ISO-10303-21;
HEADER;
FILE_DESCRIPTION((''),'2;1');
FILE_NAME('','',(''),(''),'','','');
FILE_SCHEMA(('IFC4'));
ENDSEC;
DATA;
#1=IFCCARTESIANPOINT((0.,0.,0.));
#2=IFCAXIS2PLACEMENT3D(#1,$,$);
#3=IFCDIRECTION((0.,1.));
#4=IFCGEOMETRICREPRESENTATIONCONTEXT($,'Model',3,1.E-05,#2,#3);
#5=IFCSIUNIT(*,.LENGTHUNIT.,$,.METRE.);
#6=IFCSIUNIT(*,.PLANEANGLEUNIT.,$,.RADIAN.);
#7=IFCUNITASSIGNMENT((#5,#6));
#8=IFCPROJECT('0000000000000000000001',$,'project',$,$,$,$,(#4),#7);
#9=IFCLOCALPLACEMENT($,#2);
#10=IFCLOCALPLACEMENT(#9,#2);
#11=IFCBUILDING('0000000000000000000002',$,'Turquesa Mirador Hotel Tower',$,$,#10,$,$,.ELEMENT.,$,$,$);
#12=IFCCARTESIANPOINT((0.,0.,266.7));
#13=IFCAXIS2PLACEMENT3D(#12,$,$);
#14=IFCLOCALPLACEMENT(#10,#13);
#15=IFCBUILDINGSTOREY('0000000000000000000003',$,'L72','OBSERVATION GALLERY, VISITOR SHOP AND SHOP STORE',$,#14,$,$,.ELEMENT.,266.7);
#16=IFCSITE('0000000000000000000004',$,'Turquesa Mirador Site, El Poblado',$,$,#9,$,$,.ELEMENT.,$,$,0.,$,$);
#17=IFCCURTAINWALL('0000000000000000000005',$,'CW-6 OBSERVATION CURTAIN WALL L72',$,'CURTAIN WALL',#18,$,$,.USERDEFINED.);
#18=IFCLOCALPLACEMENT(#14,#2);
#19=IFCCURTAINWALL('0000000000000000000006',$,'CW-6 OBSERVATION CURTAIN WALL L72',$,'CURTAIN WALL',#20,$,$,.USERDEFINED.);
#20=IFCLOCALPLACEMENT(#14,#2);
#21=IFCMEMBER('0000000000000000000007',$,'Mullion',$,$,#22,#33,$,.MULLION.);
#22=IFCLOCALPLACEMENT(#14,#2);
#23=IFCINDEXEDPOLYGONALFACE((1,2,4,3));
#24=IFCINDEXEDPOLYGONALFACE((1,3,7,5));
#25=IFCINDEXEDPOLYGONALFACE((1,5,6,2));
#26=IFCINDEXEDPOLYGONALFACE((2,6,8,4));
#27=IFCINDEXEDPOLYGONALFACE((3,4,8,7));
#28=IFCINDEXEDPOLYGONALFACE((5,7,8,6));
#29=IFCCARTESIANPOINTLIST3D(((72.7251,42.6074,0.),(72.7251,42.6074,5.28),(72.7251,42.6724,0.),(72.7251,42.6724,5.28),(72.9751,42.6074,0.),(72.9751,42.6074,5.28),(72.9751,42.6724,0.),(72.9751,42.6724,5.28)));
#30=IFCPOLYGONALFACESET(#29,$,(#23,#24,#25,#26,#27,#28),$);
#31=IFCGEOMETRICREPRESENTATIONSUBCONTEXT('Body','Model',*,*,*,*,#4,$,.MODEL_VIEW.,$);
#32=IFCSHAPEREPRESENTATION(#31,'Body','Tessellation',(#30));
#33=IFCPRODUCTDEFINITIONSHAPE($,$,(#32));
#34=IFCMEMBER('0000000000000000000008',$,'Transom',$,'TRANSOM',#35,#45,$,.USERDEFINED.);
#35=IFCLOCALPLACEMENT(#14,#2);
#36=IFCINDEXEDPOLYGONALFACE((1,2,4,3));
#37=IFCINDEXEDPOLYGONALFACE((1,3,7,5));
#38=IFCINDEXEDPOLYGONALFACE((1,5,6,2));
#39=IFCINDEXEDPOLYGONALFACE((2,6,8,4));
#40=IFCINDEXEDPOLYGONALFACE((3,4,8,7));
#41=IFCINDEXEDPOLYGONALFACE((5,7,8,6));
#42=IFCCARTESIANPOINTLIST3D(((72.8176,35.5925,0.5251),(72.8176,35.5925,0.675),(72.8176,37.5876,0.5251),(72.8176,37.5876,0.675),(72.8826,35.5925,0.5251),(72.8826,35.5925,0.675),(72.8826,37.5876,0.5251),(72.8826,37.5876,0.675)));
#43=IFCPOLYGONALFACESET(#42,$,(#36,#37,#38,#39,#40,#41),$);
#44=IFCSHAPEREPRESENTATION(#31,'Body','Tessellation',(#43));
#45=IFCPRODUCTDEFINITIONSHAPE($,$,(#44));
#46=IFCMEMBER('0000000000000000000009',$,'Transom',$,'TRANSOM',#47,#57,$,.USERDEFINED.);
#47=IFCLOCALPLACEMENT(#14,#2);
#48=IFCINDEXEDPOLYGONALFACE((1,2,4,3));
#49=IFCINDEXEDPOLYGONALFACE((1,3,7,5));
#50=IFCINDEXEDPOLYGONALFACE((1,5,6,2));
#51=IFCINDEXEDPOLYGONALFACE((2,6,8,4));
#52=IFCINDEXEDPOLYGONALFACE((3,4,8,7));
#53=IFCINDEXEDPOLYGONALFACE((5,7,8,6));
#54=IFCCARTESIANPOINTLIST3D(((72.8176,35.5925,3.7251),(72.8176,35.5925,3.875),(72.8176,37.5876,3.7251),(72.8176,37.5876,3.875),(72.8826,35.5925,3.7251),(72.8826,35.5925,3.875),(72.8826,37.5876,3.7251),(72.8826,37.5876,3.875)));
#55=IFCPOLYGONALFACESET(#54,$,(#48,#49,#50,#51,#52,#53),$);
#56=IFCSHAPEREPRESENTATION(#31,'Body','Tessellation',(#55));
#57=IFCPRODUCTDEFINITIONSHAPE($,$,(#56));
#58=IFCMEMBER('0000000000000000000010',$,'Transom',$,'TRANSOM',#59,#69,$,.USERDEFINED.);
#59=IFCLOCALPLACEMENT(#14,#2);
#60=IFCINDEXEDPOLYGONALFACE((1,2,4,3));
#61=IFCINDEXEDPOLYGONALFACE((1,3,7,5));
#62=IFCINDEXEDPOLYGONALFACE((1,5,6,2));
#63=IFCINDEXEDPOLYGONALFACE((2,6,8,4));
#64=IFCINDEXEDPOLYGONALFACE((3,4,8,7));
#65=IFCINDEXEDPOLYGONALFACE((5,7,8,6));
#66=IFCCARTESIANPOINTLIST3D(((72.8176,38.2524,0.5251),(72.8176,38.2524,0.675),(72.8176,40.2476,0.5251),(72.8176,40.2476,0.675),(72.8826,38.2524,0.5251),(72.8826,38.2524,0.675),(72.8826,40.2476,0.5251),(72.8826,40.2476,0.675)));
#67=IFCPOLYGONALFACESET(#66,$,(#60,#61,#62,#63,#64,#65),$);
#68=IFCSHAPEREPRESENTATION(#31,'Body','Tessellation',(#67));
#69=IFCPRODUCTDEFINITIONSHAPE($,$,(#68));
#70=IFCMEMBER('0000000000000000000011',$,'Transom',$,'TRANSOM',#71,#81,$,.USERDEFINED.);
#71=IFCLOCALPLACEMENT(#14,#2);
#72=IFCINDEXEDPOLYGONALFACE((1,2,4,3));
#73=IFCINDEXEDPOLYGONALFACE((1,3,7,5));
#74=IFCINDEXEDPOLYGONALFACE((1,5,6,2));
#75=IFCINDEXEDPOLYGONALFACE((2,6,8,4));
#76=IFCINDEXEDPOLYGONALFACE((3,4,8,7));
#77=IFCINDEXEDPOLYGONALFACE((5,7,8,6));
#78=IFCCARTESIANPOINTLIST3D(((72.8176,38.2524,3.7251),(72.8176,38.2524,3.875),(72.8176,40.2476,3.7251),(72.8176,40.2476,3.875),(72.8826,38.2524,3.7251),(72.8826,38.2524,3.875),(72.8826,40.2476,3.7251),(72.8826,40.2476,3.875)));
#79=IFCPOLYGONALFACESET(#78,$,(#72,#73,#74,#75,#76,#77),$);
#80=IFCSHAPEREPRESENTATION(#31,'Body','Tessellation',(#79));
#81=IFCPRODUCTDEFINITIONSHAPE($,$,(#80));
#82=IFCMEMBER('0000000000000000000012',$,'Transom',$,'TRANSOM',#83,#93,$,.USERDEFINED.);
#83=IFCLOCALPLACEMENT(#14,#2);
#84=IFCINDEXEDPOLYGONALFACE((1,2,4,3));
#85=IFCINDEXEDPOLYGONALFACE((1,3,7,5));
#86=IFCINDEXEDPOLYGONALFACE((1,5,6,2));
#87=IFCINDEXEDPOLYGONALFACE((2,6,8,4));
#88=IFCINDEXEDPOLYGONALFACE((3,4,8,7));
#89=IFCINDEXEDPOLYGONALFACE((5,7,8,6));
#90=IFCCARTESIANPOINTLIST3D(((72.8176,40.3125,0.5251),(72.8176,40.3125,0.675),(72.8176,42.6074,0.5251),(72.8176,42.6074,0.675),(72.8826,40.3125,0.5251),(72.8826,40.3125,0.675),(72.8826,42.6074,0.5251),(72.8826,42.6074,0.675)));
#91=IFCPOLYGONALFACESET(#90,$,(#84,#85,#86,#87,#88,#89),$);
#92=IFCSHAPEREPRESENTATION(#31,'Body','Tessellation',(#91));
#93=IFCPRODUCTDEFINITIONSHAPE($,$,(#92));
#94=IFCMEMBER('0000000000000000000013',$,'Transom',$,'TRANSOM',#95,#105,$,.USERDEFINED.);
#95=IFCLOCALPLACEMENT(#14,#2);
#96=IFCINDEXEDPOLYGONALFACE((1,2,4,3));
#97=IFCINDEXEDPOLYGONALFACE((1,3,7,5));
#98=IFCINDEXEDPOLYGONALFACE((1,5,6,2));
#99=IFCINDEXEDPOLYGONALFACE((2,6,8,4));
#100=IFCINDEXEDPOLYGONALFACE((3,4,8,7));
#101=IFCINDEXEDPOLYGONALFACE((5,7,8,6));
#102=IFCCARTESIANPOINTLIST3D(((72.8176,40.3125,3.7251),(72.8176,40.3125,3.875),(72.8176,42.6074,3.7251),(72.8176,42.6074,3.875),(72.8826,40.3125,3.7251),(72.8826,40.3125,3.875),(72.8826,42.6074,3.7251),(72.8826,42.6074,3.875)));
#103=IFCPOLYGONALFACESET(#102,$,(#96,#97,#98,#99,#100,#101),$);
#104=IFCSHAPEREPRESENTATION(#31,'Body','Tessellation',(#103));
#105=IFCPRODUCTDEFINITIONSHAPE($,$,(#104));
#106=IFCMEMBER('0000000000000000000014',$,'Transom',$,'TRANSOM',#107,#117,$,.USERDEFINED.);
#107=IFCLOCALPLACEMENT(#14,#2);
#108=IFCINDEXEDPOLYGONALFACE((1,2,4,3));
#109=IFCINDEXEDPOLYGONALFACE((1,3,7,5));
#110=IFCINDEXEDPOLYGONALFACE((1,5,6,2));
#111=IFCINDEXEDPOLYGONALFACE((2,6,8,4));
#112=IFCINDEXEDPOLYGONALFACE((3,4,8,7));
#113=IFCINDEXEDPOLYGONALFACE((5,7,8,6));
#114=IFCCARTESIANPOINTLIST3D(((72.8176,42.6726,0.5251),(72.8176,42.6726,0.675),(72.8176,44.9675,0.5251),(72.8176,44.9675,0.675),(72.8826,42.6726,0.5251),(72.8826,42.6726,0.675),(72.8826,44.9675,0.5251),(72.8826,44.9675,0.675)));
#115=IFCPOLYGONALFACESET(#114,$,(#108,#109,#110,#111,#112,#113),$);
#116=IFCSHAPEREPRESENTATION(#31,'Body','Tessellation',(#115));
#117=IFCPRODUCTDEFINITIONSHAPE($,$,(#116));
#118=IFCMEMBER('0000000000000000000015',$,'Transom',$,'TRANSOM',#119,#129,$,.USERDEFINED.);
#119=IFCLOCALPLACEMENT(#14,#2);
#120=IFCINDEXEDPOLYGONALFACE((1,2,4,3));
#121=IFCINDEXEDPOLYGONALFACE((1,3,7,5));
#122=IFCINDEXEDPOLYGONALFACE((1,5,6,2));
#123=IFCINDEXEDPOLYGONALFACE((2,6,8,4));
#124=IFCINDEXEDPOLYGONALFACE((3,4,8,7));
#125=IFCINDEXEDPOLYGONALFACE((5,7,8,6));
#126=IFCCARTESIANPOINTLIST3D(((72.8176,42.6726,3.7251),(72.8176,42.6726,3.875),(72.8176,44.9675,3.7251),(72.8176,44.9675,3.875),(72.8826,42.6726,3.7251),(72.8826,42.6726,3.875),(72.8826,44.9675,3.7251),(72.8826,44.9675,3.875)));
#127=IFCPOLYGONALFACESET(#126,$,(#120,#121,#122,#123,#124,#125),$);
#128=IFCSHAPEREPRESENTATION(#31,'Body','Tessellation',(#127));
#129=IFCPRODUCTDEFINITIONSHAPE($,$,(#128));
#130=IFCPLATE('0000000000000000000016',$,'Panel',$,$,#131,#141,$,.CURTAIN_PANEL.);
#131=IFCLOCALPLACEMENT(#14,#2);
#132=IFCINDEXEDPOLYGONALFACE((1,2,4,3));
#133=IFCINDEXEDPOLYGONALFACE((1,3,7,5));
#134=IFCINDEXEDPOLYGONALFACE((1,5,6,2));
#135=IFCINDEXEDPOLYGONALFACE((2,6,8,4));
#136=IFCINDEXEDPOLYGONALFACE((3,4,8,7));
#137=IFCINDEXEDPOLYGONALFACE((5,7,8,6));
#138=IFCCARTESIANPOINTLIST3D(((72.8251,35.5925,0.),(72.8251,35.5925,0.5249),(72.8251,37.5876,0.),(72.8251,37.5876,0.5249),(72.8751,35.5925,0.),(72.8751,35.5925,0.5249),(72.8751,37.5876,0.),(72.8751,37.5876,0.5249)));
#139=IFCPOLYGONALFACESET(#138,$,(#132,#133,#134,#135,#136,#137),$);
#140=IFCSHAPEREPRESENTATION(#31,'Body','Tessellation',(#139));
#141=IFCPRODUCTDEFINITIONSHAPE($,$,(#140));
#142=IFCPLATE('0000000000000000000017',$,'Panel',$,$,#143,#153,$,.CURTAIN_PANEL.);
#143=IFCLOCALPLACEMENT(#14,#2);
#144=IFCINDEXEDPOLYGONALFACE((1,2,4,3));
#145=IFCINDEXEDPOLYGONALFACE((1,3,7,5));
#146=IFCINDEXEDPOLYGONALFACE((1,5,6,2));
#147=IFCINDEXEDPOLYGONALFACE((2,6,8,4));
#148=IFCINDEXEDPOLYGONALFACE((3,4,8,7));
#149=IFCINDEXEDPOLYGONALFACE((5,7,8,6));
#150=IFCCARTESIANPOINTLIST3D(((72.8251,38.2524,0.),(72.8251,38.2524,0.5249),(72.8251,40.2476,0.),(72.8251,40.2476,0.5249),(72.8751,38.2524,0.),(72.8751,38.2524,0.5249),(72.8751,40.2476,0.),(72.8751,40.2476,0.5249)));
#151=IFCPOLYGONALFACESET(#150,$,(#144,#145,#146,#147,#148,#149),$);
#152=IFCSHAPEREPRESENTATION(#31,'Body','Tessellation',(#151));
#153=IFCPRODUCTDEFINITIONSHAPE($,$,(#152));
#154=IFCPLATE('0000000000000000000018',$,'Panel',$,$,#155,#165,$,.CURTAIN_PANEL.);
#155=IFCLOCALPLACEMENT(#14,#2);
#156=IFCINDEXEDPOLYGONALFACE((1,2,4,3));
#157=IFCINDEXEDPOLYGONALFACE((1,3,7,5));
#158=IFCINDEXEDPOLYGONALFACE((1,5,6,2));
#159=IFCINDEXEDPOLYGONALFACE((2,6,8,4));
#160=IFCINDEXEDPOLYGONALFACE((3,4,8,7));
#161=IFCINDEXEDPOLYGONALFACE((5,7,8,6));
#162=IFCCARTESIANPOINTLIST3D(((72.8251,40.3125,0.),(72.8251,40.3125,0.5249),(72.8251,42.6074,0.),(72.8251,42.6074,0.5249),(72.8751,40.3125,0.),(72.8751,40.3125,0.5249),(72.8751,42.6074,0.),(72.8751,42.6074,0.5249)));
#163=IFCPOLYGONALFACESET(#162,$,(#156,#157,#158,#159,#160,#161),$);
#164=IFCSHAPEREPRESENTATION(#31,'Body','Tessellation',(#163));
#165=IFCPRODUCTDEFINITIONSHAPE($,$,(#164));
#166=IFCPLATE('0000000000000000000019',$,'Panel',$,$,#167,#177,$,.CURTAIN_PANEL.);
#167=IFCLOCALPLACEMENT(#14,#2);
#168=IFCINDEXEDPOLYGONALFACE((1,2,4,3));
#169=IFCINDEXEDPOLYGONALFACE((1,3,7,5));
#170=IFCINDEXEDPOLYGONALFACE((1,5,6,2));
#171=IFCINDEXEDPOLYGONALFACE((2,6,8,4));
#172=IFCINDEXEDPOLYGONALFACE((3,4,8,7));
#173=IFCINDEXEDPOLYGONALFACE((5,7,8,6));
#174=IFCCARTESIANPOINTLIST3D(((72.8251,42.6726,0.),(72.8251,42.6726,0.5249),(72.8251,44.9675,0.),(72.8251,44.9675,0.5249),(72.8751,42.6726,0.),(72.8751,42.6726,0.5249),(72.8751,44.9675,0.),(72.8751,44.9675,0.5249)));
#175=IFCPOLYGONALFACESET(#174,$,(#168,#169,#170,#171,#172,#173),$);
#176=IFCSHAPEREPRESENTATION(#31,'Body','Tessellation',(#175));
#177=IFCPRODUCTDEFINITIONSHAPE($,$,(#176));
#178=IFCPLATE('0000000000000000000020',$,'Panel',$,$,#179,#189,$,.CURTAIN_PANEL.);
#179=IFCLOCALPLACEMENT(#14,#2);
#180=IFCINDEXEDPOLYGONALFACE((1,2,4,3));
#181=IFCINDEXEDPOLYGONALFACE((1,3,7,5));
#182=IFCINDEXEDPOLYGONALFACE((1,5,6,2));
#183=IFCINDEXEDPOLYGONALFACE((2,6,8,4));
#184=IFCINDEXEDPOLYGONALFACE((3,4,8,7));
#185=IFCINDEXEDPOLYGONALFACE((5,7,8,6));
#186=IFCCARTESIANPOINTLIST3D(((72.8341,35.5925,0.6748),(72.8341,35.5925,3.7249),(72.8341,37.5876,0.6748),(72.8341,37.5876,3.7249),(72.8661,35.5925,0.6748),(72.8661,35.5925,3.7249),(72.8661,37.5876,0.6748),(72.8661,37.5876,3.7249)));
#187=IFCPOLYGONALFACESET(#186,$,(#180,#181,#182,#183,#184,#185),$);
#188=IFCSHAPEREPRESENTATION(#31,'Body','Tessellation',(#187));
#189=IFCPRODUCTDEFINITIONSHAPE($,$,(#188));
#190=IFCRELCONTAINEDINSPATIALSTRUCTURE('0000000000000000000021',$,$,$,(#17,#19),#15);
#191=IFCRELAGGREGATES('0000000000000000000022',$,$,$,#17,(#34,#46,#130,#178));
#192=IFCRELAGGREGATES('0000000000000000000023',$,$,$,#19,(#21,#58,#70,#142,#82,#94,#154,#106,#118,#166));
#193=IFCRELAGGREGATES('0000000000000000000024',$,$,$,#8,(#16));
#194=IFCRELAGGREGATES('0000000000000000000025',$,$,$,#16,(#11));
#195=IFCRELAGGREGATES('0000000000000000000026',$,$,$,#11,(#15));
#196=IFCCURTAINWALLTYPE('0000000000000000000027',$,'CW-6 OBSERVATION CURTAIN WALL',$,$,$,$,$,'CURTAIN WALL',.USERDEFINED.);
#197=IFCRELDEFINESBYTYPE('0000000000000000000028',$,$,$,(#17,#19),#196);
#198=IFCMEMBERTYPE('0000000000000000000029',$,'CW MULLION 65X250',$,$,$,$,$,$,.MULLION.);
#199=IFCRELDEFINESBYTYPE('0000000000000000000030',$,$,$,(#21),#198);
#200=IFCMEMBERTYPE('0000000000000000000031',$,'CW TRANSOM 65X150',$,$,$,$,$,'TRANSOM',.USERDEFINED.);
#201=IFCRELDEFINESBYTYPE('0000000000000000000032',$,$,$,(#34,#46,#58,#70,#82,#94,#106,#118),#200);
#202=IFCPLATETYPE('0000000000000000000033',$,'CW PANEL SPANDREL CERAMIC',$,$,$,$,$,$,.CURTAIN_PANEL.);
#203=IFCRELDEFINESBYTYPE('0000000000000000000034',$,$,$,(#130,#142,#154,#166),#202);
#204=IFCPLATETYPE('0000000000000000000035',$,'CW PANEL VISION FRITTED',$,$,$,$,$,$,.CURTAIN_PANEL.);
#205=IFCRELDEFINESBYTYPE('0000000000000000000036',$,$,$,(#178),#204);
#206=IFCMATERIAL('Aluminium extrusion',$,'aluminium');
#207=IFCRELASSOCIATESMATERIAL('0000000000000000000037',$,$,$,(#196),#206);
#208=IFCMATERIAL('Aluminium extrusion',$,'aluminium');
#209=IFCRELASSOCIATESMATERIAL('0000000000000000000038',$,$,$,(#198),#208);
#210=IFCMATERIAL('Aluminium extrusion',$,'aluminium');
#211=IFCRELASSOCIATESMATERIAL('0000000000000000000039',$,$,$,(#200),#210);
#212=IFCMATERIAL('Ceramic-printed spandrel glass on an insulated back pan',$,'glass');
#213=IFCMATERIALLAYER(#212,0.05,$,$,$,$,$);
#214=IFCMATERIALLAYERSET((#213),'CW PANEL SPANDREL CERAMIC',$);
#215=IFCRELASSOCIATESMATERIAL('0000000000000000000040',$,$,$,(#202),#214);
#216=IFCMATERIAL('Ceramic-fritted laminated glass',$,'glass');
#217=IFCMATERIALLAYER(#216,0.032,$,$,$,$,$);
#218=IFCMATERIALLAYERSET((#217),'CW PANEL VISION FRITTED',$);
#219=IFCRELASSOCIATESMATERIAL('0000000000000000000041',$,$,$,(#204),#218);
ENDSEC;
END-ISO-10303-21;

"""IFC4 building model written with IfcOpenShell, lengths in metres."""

from ifc_helpers import new_model, si_unit, direction, frame, origin, origin_2d, place, context, subcontext, project, spatial, rectangle, extrude, material, layer, layer_set, material_profile, profile_set, type_object, element, aggregate, save


model = new_model("IFC4")

# Units and contexts
model_context = context("Model", 3, precision=1e-05, world=origin(), true_north=direction((0.0, 1.0)))
body_context = subcontext(model_context, "Body", "Model", "MODEL_VIEW")
ifc_project = project(units=[si_unit("LENGTHUNIT", "METRE"), si_unit("PLANEANGLEUNIT", "RADIAN")], contexts=[model_context])

# Site, building, storey
site_placement = place(None, origin())
site = spatial("IfcSite", under=ifc_project, at=site_placement, Name="Turquesa Mirador Site, El Poblado", CompositionType="ELEMENT", RefElevation=0.0)
building_placement = place(site_placement, origin())
building = spatial("IfcBuilding", under=site, at=building_placement, Name="Turquesa Mirador Hotel Tower", CompositionType="ELEMENT")
storey_placement = place(building_placement, frame((0.0, 0.0, 266.7)))
storey = spatial("IfcBuildingStorey", under=building, at=storey_placement, Name="L72", Description="OBSERVATION GALLERY, VISITOR SHOP AND SHOP STORE", CompositionType="ELEMENT", Elevation=266.7)

# Curtain walls, member
ifc_material_1 = material(Name="Aluminium extrusion", Category="aluminium")
curtain_wall_type = type_object("IfcCurtainWallType", Name="CW-6 OBSERVATION CURTAIN WALL", ElementType="CURTAIN WALL", PredefinedType="USERDEFINED", material=ifc_material_1)
curtain_wall_1_placement = place(storey_placement, origin())
curtain_wall_1 = element("IfcCurtainWall", 1, at=curtain_wall_1_placement, inside=storey, type_object=curtain_wall_type, Name="CW-6 OBSERVATION CURTAIN WALL L72", ObjectType="CURTAIN WALL", PredefinedType="USERDEFINED")
ifc_material_2 = material(Name="Aluminium extrusion", Category="aluminium")
ifc_material_profile_1 = material_profile(ifc_material_2, rectangle(XDim=0.0649, YDim=0.25, at=origin_2d()), Name="MULLION 65X250")
ifc_profile_set_1 = profile_set([ifc_material_profile_1], Name="Aluminium extrusion")
member_type_1 = type_object("IfcMemberType", Name="CW MULLION 65X250", PredefinedType="MULLION", material=ifc_profile_set_1)
curtain_wall_2_placement = place(storey_placement, origin())
curtain_wall_2 = element("IfcCurtainWall", 2, at=curtain_wall_2_placement, inside=storey, type_object=curtain_wall_type, Name="CW-6 OBSERVATION CURTAIN WALL L72", ObjectType="CURTAIN WALL", PredefinedType="USERDEFINED")
member_1_placement = place(storey_placement, frame((72.8501, 42.6399, 0.0), z_axis=(0.0, 0.0, 1.0), x_axis=(0.0, 1.0, 0.0)))
member_1 = element("IfcMember", 3, at=member_1_placement, type_object=member_type_1, Name="Mullion", PredefinedType="MULLION", context=body_context, shape_type="SweptSolid", body=[
    extrude(rectangle(XDim=0.0649, YDim=0.25, at=origin_2d()), origin(), (0.0, 0.0, 1.0), 5.28),
])

# Members
ifc_material_3 = material(Name="Aluminium extrusion", Category="aluminium")
ifc_material_profile_2 = material_profile(ifc_material_3, rectangle(XDim=0.0649, YDim=0.1499, at=origin_2d()), Name="TRANSOM 65X150")
ifc_profile_set_2 = profile_set([ifc_material_profile_2], Name="Aluminium extrusion")
member_type_2 = type_object("IfcMemberType", Name="CW TRANSOM 65X150", ElementType="TRANSOM", PredefinedType="USERDEFINED", material=ifc_profile_set_2)
member_2_placement = place(storey_placement, frame((72.8501, 35.5925, 0.6001), z_axis=(0.0, 1.0, 0.0), x_axis=(-1.0, 0.0, 0.0)))
member_2 = element("IfcMember", 4, at=member_2_placement, type_object=member_type_2, Name="Transom", ObjectType="TRANSOM", PredefinedType="USERDEFINED", context=body_context, shape_type="SweptSolid", body=[
    extrude(rectangle(XDim=0.0649, YDim=0.1499, at=origin_2d()), origin(), (0.0, 0.0, 1.0), 1.9951),
])
member_3_placement = place(storey_placement, frame((72.8501, 35.5925, 3.8), z_axis=(0.0, 1.0, 0.0), x_axis=(-1.0, 0.0, 0.0)))
member_3 = element("IfcMember", 5, at=member_3_placement, type_object=member_type_2, Name="Transom", ObjectType="TRANSOM", PredefinedType="USERDEFINED", context=body_context, shape_type="SweptSolid", body=[
    extrude(rectangle(XDim=0.0649, YDim=0.1499, at=origin_2d()), origin(), (0.0, 0.0, 1.0), 1.9951),
])
member_4_placement = place(storey_placement, frame((72.8501, 38.2524, 0.6001), z_axis=(0.0, 1.0, 0.0), x_axis=(-1.0, 0.0, 0.0)))
member_4 = element("IfcMember", 6, at=member_4_placement, type_object=member_type_2, Name="Transom", ObjectType="TRANSOM", PredefinedType="USERDEFINED", context=body_context, shape_type="SweptSolid", body=[
    extrude(rectangle(XDim=0.0649, YDim=0.1499, at=origin_2d()), origin(), (0.0, 0.0, 1.0), 1.9951),
])
member_5_placement = place(storey_placement, frame((72.8501, 38.2524, 3.8), z_axis=(0.0, 1.0, 0.0), x_axis=(-1.0, 0.0, 0.0)))
member_5 = element("IfcMember", 7, at=member_5_placement, type_object=member_type_2, Name="Transom", ObjectType="TRANSOM", PredefinedType="USERDEFINED", context=body_context, shape_type="SweptSolid", body=[
    extrude(rectangle(XDim=0.0649, YDim=0.1499, at=origin_2d()), origin(), (0.0, 0.0, 1.0), 1.9951),
])
member_6_placement = place(storey_placement, frame((72.8501, 40.3125, 0.6001), z_axis=(0.0, 1.0, 0.0), x_axis=(-1.0, 0.0, 0.0)))
member_6 = element("IfcMember", 8, at=member_6_placement, type_object=member_type_2, Name="Transom", ObjectType="TRANSOM", PredefinedType="USERDEFINED", context=body_context, shape_type="SweptSolid", body=[
    extrude(rectangle(XDim=0.0649, YDim=0.1499, at=origin_2d()), origin(), (0.0, 0.0, 1.0), 2.2949),
])
member_7_placement = place(storey_placement, frame((72.8501, 40.3125, 3.8), z_axis=(0.0, 1.0, 0.0), x_axis=(-1.0, 0.0, 0.0)))
member_7 = element("IfcMember", 9, at=member_7_placement, type_object=member_type_2, Name="Transom", ObjectType="TRANSOM", PredefinedType="USERDEFINED", context=body_context, shape_type="SweptSolid", body=[
    extrude(rectangle(XDim=0.0649, YDim=0.1499, at=origin_2d()), origin(), (0.0, 0.0, 1.0), 2.2949),
])
member_8_placement = place(storey_placement, frame((72.8501, 42.6726, 0.6001), z_axis=(0.0, 1.0, 0.0), x_axis=(-1.0, 0.0, 0.0)))
member_8 = element("IfcMember", 10, at=member_8_placement, type_object=member_type_2, Name="Transom", ObjectType="TRANSOM", PredefinedType="USERDEFINED", context=body_context, shape_type="SweptSolid", body=[
    extrude(rectangle(XDim=0.0649, YDim=0.1499, at=origin_2d()), origin(), (0.0, 0.0, 1.0), 2.2949),
])
member_9_placement = place(storey_placement, frame((72.8501, 42.6726, 3.8), z_axis=(0.0, 1.0, 0.0), x_axis=(-1.0, 0.0, 0.0)))
member_9 = element("IfcMember", 11, at=member_9_placement, type_object=member_type_2, Name="Transom", ObjectType="TRANSOM", PredefinedType="USERDEFINED", context=body_context, shape_type="SweptSolid", body=[
    extrude(rectangle(XDim=0.0649, YDim=0.1499, at=origin_2d()), origin(), (0.0, 0.0, 1.0), 2.2949),
])

# Plates
ifc_material_4 = material(Name="Ceramic-printed spandrel glass on an insulated back pan", Category="glass")
ifc_layer_1 = layer(ifc_material_4, 0.05)
ifc_layer_set_1 = layer_set([ifc_layer_1], Name="CW PANEL SPANDREL CERAMIC")
plate_type_1 = type_object("IfcPlateType", Name="CW PANEL SPANDREL CERAMIC", PredefinedType="CURTAIN_PANEL", material=ifc_layer_set_1)
plate_1_placement = place(storey_placement, frame((72.8501, 36.5901, 0.0), z_axis=(0.0, 0.0, 1.0), x_axis=(0.0, 1.0, 0.0)))
plate_1 = element("IfcPlate", 12, at=plate_1_placement, type_object=plate_type_1, Name="Panel", PredefinedType="CURTAIN_PANEL", context=body_context, shape_type="SweptSolid", body=[
    extrude(rectangle(XDim=1.9951, YDim=0.05, at=origin_2d()), origin(), (0.0, 0.0, 1.0), 0.5249),
])
plate_2_placement = place(storey_placement, frame((72.8501, 39.25, 0.0), z_axis=(0.0, 0.0, 1.0), x_axis=(0.0, 1.0, 0.0)))
plate_2 = element("IfcPlate", 13, at=plate_2_placement, type_object=plate_type_1, Name="Panel", PredefinedType="CURTAIN_PANEL", context=body_context, shape_type="SweptSolid", body=[
    extrude(rectangle(XDim=1.9951, YDim=0.05, at=origin_2d()), origin(), (0.0, 0.0, 1.0), 0.5249),
])
plate_3_placement = place(storey_placement, frame((72.8501, 41.46, 0.0), z_axis=(0.0, 0.0, 1.0), x_axis=(0.0, 1.0, 0.0)))
plate_3 = element("IfcPlate", 14, at=plate_3_placement, type_object=plate_type_1, Name="Panel", PredefinedType="CURTAIN_PANEL", context=body_context, shape_type="SweptSolid", body=[
    extrude(rectangle(XDim=2.2949, YDim=0.05, at=origin_2d()), origin(), (0.0, 0.0, 1.0), 0.5249),
])
plate_4_placement = place(storey_placement, frame((72.8501, 43.8201, 0.0), z_axis=(0.0, 0.0, 1.0), x_axis=(0.0, 1.0, 0.0)))
plate_4 = element("IfcPlate", 15, at=plate_4_placement, type_object=plate_type_1, Name="Panel", PredefinedType="CURTAIN_PANEL", context=body_context, shape_type="SweptSolid", body=[
    extrude(rectangle(XDim=2.2949, YDim=0.05, at=origin_2d()), origin(), (0.0, 0.0, 1.0), 0.5249),
])
ifc_material_5 = material(Name="Ceramic-fritted laminated glass", Category="glass")
ifc_layer_2 = layer(ifc_material_5, 0.032)
ifc_layer_set_2 = layer_set([ifc_layer_2], Name="CW PANEL VISION FRITTED")
plate_type_2 = type_object("IfcPlateType", Name="CW PANEL VISION FRITTED", PredefinedType="CURTAIN_PANEL", material=ifc_layer_set_2)
plate_5_placement = place(storey_placement, frame((72.8501, 36.5901, 0.6748), z_axis=(0.0, 0.0, 1.0), x_axis=(0.0, 1.0, 0.0)))
plate_5 = element("IfcPlate", 16, at=plate_5_placement, type_object=plate_type_2, Name="Panel", PredefinedType="CURTAIN_PANEL", context=body_context, shape_type="SweptSolid", body=[
    extrude(rectangle(XDim=1.9951, YDim=0.032, at=origin_2d()), origin(), (0.0, 0.0, 1.0), 3.05),
])
aggregate(curtain_wall_1, [member_2, member_3, plate_1, plate_5])
aggregate(curtain_wall_2, [member_1, member_4, member_5, plate_2, member_6, member_7, plate_3, member_8, member_9, plate_4])

save(model, "model.ifc")
